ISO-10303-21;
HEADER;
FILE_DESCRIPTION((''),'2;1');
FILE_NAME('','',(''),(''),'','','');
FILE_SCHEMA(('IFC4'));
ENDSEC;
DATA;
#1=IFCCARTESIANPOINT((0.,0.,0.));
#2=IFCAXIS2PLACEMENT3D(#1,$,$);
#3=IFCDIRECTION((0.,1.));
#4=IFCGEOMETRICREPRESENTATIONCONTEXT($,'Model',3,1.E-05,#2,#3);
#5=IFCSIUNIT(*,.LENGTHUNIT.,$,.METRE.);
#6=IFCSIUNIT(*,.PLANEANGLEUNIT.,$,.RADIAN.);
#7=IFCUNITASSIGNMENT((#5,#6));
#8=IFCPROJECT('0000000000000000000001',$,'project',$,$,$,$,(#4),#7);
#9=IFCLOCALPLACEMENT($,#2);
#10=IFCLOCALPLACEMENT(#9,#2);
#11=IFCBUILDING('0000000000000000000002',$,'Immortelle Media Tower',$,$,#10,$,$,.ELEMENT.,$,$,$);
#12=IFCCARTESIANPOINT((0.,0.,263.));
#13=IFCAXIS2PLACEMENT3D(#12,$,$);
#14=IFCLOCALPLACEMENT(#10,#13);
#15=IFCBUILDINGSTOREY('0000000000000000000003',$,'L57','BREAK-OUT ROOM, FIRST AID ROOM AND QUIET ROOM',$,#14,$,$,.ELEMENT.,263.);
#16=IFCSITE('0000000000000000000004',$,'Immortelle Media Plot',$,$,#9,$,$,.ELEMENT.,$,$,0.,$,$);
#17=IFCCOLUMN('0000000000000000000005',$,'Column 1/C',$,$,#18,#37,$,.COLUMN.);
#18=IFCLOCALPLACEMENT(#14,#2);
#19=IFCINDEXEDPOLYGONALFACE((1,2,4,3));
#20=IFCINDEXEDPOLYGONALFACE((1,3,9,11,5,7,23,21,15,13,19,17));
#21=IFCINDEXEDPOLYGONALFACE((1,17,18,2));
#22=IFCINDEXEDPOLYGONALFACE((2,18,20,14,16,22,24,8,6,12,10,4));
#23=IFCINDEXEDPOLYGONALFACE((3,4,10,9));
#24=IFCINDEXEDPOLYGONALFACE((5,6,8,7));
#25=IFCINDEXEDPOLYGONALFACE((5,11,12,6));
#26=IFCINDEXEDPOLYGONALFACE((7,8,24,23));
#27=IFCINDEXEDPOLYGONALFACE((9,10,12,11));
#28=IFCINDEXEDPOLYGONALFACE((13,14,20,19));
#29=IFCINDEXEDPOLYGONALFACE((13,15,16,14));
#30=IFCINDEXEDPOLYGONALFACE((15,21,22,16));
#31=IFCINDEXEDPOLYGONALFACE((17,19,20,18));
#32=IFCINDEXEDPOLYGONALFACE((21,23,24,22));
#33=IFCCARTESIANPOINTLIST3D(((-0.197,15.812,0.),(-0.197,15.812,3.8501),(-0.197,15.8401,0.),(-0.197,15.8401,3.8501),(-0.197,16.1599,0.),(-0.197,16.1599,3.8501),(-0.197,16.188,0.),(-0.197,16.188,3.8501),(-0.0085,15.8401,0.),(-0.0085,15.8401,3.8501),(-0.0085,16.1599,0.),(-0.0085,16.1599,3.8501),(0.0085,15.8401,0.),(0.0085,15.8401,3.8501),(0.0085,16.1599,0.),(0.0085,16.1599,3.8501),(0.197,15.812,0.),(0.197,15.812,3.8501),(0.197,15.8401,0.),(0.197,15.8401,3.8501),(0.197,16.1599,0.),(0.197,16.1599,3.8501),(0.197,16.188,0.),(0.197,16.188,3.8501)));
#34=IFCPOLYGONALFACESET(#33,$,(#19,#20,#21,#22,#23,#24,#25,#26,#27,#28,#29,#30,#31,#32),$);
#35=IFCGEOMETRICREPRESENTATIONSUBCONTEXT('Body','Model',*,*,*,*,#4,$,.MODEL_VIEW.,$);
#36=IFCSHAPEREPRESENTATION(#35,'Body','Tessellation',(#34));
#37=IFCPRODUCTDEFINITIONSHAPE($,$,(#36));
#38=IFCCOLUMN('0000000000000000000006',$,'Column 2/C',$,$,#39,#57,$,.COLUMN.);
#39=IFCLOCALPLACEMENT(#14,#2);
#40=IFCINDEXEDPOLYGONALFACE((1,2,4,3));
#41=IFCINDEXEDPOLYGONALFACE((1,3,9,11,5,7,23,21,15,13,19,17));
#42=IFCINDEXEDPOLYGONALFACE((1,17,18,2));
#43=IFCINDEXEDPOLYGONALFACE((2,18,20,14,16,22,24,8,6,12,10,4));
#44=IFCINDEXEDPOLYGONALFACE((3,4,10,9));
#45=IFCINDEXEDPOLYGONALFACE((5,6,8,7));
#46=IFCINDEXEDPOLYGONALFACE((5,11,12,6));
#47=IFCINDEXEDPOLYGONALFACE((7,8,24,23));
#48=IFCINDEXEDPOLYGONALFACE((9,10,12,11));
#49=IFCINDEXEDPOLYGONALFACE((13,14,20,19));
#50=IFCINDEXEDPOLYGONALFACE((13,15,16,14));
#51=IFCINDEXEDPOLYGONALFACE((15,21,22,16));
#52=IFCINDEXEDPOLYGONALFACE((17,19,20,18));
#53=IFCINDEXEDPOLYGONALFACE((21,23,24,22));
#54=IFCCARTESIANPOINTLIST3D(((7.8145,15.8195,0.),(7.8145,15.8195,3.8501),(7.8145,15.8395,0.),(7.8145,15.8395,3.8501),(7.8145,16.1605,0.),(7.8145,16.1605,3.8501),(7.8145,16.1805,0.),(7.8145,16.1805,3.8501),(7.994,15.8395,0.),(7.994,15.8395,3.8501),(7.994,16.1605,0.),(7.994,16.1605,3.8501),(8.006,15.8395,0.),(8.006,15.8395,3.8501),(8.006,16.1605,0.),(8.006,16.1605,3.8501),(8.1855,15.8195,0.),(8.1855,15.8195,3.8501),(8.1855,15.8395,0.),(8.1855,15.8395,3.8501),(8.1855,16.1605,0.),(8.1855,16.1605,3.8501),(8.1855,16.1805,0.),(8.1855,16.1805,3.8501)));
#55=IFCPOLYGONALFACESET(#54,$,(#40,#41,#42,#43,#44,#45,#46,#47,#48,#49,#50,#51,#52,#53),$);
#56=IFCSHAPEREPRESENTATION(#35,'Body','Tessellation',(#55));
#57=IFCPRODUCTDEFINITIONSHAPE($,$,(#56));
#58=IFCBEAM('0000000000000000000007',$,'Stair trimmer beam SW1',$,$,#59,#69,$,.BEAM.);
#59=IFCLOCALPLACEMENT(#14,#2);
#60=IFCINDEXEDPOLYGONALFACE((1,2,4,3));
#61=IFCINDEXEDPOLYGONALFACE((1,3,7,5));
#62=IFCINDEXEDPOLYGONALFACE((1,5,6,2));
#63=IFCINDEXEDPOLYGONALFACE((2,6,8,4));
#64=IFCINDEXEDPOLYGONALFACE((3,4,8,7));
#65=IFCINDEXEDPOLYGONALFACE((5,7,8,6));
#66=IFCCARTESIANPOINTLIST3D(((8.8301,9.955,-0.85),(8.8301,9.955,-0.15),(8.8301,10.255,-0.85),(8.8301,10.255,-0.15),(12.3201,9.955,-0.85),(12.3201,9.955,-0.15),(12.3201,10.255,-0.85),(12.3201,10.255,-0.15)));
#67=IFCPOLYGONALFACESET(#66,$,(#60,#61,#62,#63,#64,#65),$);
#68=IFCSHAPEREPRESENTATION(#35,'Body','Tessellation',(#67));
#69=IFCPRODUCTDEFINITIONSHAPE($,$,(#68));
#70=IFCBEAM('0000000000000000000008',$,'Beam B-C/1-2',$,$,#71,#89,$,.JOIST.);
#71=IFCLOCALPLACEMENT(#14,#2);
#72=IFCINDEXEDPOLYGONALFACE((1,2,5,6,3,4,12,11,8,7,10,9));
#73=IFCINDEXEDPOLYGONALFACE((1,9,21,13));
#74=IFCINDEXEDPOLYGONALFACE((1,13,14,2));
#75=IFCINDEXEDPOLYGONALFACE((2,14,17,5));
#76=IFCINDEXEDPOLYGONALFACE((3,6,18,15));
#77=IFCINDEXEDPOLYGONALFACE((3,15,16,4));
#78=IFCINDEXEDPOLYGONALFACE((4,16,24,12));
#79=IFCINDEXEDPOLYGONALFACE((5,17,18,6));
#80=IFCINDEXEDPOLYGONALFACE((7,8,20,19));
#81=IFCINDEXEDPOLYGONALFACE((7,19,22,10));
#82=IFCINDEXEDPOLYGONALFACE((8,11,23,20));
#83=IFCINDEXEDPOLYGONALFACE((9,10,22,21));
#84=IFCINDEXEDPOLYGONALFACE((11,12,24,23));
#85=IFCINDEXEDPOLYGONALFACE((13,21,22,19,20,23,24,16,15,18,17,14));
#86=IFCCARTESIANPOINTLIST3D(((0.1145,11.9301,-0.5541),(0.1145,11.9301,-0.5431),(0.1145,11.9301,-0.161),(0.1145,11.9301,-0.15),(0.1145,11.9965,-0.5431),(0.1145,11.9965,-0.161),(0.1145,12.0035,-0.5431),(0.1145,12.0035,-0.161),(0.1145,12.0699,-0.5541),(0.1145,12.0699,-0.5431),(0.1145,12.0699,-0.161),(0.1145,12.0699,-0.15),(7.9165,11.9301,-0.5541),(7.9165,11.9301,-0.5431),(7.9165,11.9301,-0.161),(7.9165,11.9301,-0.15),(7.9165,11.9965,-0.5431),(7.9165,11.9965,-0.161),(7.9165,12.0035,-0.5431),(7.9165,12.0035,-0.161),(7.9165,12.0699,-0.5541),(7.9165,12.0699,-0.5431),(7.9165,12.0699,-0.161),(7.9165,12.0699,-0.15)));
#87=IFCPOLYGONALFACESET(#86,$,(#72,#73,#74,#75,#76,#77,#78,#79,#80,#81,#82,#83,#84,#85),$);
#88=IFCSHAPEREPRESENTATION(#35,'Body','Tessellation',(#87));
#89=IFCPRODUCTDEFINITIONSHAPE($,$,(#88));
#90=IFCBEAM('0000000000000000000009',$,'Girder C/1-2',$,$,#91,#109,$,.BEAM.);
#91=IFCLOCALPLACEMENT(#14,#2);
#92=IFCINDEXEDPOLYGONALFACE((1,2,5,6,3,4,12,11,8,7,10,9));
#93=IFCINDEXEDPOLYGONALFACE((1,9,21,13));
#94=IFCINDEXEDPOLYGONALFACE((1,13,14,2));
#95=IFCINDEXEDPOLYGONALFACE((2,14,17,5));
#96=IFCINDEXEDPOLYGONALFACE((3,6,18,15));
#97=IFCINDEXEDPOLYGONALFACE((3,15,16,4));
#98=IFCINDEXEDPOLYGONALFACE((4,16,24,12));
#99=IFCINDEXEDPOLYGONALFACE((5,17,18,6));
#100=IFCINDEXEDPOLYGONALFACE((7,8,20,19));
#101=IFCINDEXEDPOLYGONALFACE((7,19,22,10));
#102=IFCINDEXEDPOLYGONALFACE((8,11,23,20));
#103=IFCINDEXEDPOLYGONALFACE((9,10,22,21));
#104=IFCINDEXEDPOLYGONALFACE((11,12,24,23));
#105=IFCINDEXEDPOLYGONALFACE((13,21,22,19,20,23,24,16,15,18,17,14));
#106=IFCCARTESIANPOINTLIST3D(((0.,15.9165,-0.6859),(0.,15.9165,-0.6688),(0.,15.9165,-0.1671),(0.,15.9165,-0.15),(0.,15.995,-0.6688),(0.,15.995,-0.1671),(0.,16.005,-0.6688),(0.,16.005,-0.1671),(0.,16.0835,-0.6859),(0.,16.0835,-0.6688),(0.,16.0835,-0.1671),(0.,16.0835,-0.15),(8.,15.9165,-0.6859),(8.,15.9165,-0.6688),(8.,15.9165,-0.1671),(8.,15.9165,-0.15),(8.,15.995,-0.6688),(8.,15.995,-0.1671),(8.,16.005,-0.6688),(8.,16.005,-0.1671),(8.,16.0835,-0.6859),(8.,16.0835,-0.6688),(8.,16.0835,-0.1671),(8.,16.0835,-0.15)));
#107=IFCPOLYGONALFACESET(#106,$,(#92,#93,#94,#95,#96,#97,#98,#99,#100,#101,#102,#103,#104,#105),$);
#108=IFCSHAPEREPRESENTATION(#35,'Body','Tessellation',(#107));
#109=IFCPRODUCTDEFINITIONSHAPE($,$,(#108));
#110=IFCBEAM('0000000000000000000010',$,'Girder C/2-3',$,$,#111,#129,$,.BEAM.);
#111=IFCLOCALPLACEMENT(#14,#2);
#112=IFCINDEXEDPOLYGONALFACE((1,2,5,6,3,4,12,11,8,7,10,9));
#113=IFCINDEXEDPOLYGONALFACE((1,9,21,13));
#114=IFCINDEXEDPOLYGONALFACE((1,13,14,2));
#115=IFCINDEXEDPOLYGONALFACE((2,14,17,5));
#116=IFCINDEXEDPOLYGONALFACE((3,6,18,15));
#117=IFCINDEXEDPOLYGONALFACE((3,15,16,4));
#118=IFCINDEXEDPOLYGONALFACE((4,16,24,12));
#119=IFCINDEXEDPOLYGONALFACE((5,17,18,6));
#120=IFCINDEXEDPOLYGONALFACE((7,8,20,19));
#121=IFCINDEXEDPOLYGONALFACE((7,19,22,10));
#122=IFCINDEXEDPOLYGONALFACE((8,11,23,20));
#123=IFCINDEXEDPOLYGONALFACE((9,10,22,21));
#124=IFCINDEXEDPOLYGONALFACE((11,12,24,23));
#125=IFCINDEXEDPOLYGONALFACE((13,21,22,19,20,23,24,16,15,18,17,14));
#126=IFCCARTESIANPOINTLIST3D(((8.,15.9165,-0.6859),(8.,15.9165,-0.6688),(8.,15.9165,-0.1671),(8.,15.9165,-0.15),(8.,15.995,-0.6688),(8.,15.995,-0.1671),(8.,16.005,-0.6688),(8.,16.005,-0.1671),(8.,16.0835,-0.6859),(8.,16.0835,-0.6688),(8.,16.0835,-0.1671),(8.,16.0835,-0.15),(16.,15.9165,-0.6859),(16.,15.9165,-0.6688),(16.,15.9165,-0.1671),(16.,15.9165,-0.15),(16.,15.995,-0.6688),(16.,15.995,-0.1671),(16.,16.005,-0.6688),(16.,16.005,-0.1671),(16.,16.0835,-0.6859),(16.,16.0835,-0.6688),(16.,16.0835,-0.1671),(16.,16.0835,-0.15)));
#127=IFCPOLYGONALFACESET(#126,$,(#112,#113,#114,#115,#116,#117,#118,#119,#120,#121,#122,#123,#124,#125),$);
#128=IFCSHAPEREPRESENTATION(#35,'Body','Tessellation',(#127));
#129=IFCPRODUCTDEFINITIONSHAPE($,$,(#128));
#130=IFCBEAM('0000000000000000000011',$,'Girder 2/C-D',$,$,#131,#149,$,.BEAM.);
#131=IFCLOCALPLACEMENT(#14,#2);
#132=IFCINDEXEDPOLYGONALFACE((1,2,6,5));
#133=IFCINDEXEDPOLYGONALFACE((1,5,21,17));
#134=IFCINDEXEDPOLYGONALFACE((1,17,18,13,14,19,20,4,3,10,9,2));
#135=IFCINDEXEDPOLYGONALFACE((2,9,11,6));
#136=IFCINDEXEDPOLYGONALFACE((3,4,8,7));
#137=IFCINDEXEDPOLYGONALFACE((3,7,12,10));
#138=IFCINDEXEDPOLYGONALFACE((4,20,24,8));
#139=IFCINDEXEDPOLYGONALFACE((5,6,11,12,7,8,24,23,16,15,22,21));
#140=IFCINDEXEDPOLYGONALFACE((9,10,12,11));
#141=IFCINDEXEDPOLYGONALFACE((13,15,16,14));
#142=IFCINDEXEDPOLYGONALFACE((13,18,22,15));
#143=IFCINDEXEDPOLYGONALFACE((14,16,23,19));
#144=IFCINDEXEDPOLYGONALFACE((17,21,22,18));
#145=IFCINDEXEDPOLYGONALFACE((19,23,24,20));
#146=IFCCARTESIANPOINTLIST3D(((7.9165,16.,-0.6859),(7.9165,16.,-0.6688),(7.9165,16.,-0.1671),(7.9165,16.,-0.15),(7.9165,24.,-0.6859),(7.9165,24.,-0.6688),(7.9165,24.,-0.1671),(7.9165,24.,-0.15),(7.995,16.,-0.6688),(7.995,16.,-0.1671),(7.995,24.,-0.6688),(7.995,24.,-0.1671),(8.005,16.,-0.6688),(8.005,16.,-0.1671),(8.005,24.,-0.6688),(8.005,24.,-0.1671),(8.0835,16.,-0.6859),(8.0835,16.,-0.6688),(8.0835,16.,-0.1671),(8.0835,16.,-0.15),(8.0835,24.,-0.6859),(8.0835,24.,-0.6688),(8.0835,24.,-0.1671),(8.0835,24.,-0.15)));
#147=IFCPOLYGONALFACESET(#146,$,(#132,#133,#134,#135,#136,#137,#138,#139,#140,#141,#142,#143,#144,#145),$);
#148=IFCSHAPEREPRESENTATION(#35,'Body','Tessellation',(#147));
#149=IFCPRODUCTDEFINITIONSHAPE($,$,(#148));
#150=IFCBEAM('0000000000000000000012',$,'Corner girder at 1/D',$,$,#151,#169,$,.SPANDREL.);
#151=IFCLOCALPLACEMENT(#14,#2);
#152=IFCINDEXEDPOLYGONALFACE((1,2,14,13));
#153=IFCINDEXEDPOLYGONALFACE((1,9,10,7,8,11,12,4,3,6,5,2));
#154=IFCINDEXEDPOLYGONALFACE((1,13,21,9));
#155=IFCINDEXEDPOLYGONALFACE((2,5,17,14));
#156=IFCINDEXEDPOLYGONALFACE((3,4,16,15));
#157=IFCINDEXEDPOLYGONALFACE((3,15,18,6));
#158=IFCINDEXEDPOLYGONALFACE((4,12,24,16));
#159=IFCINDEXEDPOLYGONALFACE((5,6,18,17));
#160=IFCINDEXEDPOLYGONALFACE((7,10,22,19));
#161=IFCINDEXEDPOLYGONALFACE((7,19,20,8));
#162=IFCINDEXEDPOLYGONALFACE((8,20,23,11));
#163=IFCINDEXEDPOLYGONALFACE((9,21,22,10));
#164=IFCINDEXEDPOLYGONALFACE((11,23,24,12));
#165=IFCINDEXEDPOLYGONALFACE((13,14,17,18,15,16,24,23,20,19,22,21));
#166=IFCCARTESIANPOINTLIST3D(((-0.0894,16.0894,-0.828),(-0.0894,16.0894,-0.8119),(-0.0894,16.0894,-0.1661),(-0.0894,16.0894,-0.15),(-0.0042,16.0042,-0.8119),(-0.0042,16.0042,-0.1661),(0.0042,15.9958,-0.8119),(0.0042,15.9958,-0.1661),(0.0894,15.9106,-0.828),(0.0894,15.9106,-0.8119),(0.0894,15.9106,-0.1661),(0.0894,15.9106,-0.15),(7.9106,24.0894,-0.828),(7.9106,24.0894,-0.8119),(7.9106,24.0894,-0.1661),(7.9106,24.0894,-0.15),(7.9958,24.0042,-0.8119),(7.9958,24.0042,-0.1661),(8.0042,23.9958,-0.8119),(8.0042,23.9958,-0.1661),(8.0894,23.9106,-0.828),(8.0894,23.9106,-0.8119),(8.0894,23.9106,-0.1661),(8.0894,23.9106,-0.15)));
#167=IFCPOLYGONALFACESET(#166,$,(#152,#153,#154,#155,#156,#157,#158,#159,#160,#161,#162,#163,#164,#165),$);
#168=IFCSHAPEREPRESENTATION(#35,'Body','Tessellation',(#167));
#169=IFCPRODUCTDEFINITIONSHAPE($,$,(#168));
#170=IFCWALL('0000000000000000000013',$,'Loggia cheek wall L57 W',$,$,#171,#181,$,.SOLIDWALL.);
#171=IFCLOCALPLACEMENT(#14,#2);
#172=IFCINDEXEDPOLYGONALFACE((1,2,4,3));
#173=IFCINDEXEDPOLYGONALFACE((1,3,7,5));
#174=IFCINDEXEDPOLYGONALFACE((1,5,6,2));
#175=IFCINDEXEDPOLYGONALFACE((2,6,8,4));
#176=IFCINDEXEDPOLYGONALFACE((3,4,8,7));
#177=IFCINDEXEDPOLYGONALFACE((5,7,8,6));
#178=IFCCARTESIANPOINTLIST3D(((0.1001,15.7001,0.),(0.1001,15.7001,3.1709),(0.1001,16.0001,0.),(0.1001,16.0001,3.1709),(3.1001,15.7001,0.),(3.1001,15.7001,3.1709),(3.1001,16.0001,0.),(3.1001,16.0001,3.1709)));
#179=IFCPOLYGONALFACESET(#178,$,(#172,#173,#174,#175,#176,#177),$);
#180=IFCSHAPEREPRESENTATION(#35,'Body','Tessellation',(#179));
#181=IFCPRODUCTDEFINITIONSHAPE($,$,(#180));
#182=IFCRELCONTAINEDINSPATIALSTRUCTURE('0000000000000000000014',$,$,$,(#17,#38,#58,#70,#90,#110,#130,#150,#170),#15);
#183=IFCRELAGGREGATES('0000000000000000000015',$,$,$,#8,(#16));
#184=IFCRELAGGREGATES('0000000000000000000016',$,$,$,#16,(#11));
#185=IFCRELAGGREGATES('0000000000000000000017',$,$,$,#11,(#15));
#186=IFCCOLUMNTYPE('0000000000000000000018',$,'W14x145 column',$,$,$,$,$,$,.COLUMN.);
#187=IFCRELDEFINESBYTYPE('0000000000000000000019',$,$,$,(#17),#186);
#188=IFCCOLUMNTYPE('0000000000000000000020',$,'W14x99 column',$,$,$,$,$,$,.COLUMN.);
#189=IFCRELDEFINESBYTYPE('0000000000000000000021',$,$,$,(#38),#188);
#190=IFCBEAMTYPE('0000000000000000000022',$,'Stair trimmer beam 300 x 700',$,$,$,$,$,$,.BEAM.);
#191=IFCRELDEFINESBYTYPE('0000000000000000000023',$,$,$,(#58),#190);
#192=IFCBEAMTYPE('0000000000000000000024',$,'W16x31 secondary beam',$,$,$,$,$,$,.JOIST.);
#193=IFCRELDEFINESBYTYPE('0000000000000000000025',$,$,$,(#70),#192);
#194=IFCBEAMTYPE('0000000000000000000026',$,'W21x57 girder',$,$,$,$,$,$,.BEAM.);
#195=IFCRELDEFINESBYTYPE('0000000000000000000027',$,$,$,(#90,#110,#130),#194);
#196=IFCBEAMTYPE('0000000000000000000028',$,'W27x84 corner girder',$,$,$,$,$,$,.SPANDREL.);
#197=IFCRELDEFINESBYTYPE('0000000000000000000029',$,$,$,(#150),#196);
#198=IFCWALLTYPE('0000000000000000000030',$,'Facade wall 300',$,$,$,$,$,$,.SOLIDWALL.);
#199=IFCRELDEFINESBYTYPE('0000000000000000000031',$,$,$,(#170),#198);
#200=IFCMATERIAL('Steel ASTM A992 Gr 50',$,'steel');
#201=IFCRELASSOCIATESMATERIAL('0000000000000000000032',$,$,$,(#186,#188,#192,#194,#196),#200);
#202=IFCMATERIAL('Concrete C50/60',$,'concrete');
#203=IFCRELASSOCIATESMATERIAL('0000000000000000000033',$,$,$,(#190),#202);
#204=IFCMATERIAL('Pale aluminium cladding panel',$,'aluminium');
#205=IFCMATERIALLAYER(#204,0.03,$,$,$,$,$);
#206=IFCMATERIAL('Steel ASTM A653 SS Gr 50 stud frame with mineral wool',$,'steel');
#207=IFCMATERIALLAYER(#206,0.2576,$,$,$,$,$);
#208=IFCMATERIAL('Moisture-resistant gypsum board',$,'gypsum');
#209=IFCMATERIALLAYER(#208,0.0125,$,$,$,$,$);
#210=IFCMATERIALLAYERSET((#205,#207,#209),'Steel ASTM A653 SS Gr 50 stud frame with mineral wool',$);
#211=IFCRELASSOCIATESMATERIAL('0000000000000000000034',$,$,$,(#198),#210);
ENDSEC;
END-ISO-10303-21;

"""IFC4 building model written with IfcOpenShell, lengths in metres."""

from ifc_helpers import new_model, si_unit, direction, frame, frame_2d, origin, origin_2d, place, context, subcontext, project, spatial, rectangle, i_section, extrude, material, layer, layer_set, material_profile, profile_set, type_object, element, save


model = new_model("IFC4")

# Units and contexts
model_context = context("Model", 3, precision=1e-05, world=origin(), true_north=direction((0.0, 1.0)))
body_context = subcontext(model_context, "Body", "Model", "MODEL_VIEW")
ifc_project = project(units=[si_unit("LENGTHUNIT", "METRE"), si_unit("PLANEANGLEUNIT", "RADIAN")], contexts=[model_context])

# Site, building, storey
site_placement = place(None, origin())
site = spatial("IfcSite", under=ifc_project, at=site_placement, Name="Immortelle Media Plot", CompositionType="ELEMENT", RefElevation=0.0)
building_placement = place(site_placement, origin())
building = spatial("IfcBuilding", under=site, at=building_placement, Name="Immortelle Media Tower", CompositionType="ELEMENT")
storey_placement = place(building_placement, frame((0.0, 0.0, 263.0)))
storey = spatial("IfcBuildingStorey", under=building, at=storey_placement, Name="L57", Description="BREAK-OUT ROOM, FIRST AID ROOM AND QUIET ROOM", CompositionType="ELEMENT", Elevation=263.0)

# Columns
ifc_material_1 = material(Name="Steel ASTM A992 Gr 50", Category="steel")
ifc_material_profile_1 = material_profile(ifc_material_1, i_section(OverallWidth=0.394, OverallDepth=0.376, WebThickness=0.0171, FlangeThickness=0.0281, at=origin_2d()), Name="W14x145")
ifc_profile_set_1 = profile_set([ifc_material_profile_1], Name="Steel ASTM A992 Gr 50")
column_type_1 = type_object("IfcColumnType", Name="W14x145 column", PredefinedType="COLUMN", material=ifc_profile_set_1)
column_1_placement = place(storey_placement, frame((0.0, 16.0, 0.0), z_axis=(0.0, 0.0, 1.0), x_axis=(1.0, 0.0, 0.0)))
element("IfcColumn", 1, at=column_1_placement, inside=storey, type_object=column_type_1, Name="Column 1/C", PredefinedType="COLUMN", context=body_context, shape_type="SweptSolid", body=[
    extrude(i_section(OverallWidth=0.394, OverallDepth=0.376, WebThickness=0.0171, FlangeThickness=0.0281, at=origin_2d()), origin(), (0.0, 0.0, 1.0), 3.8501),
])
ifc_material_profile_2 = material_profile(ifc_material_1, i_section(OverallWidth=0.3711, OverallDepth=0.3611, WebThickness=0.012, FlangeThickness=0.02, at=origin_2d()), Name="W14x99")
ifc_profile_set_2 = profile_set([ifc_material_profile_2], Name="Steel ASTM A992 Gr 50")
column_type_2 = type_object("IfcColumnType", Name="W14x99 column", PredefinedType="COLUMN", material=ifc_profile_set_2)
column_2_placement = place(storey_placement, frame((8.0, 16.0, 0.0), z_axis=(0.0, 0.0, 1.0), x_axis=(1.0, 0.0, 0.0)))
element("IfcColumn", 2, at=column_2_placement, inside=storey, type_object=column_type_2, Name="Column 2/C", PredefinedType="COLUMN", context=body_context, shape_type="SweptSolid", body=[
    extrude(i_section(OverallWidth=0.3711, OverallDepth=0.3611, WebThickness=0.012, FlangeThickness=0.02, at=origin_2d()), origin(), (0.0, 0.0, 1.0), 3.8501),
])

# Beams
ifc_material_2 = material(Name="Concrete C50/60", Category="concrete")
ifc_material_profile_3 = material_profile(ifc_material_2, rectangle(XDim=0.3, YDim=0.7, at=origin_2d()), Name="RC 300x700")
ifc_profile_set_3 = profile_set([ifc_material_profile_3], Name="Concrete C50/60")
beam_type_1 = type_object("IfcBeamType", Name="Stair trimmer beam 300 x 700", PredefinedType="BEAM", material=ifc_profile_set_3)
beam_1_placement = place(storey_placement, frame((8.8301, 10.105, -0.5), z_axis=(1.0, 0.0, 0.0), x_axis=(0.0, 1.0, 0.0)))
element("IfcBeam", 3, at=beam_1_placement, inside=storey, type_object=beam_type_1, Name="Stair trimmer beam SW1", PredefinedType="BEAM", context=body_context, shape_type="SweptSolid", body=[
    extrude(rectangle(XDim=0.3, YDim=0.7, at=origin_2d()), origin(), (0.0, 0.0, 1.0), 3.49),
])
ifc_material_profile_4 = material_profile(ifc_material_1, i_section(OverallWidth=0.1399, OverallDepth=0.4041, WebThickness=0.0071, FlangeThickness=0.011, at=origin_2d()), Name="W16x31")
ifc_profile_set_4 = profile_set([ifc_material_profile_4], Name="Steel ASTM A992 Gr 50")
beam_type_2 = type_object("IfcBeamType", Name="W16x31 secondary beam", PredefinedType="JOIST", material=ifc_profile_set_4)
beam_2_placement = place(storey_placement, frame((0.1145, 12.0, -0.3521), z_axis=(1.0, 0.0, 0.0), x_axis=(0.0, 1.0, 0.0)))
element("IfcBeam", 4, at=beam_2_placement, inside=storey, type_object=beam_type_2, Name="Beam B-C/1-2", PredefinedType="JOIST", context=body_context, shape_type="SweptSolid", body=[
    extrude(i_section(OverallWidth=0.1399, OverallDepth=0.4041, WebThickness=0.0071, FlangeThickness=0.011, at=origin_2d()), origin(), (0.0, 0.0, 1.0), 7.802),
])
ifc_material_profile_5 = material_profile(ifc_material_1, i_section(OverallWidth=0.167, OverallDepth=0.5359, WebThickness=0.01, FlangeThickness=0.0171, at=origin_2d()), Name="W21x57")
ifc_profile_set_5 = profile_set([ifc_material_profile_5], Name="Steel ASTM A992 Gr 50")
beam_type_3 = type_object("IfcBeamType", Name="W21x57 girder", PredefinedType="BEAM", material=ifc_profile_set_5)
for number, where, z_axis, x_axis, name in (
    (5, (0.0, 16.0, -0.418), (1.0, 0.0, 0.0), (0.0, 1.0, 0.0), "Girder C/1-2"),
    (6, (8.0, 16.0, -0.418), (1.0, 0.0, 0.0), (0.0, 1.0, 0.0), "Girder C/2-3"),
    (7, (8.0, 16.0, -0.418), (0.0, 1.0, 0.0), (-1.0, 0.0, 0.0), "Girder 2/C-D"),
):
    element("IfcBeam", number, at=place(storey_placement, frame(where, z_axis=z_axis, x_axis=x_axis)), inside=storey, type_object=beam_type_3, Name=name, PredefinedType="BEAM", context=body_context, shape_type="SweptSolid", body=[
        extrude(i_section(OverallWidth=0.167, OverallDepth=0.5359, WebThickness=0.01, FlangeThickness=0.0171, at=origin_2d()), origin(), (0.0, 0.0, 1.0), 8.0),
    ])
ifc_material_profile_6 = material_profile(ifc_material_1, i_section(OverallWidth=0.2529, OverallDepth=0.678, WebThickness=0.012, FlangeThickness=0.0161, at=origin_2d()), Name="W27x84")
ifc_profile_set_6 = profile_set([ifc_material_profile_6], Name="Steel ASTM A992 Gr 50")
beam_type_4 = type_object("IfcBeamType", Name="W27x84 corner girder", PredefinedType="SPANDREL", material=ifc_profile_set_6)
beam_3_placement = place(storey_placement, frame((0.0, 16.0, -0.489), z_axis=(0.707107, 0.707107, 0.0), x_axis=(-0.707107, 0.707107, 0.0)))
element("IfcBeam", 8, at=beam_3_placement, inside=storey, type_object=beam_type_4, Name="Corner girder at 1/D", PredefinedType="SPANDREL", context=body_context, shape_type="SweptSolid", body=[
    extrude(i_section(OverallWidth=0.2529, OverallDepth=0.678, WebThickness=0.012, FlangeThickness=0.0161, at=origin_2d()), origin(), (0.0, 0.0, 1.0), 11.3137),
])

# Shared definitions
ifc_material_3 = material(Name="Pale aluminium cladding panel", Category="aluminium")
ifc_layer_1 = layer(ifc_material_3, 0.03)
ifc_material_4 = material(Name="Steel ASTM A653 SS Gr 50 stud frame with mineral wool", Category="steel")
ifc_layer_2 = layer(ifc_material_4, 0.2576)
ifc_material_5 = material(Name="Moisture-resistant gypsum board", Category="gypsum")
ifc_layer_3 = layer(ifc_material_5, 0.0125)
ifc_layer_set_1 = layer_set([ifc_layer_1, ifc_layer_2, ifc_layer_3], Name="Steel ASTM A653 SS Gr 50 stud frame with mineral wool")
wall_type_1 = type_object("IfcWallType", Name="Facade wall 300", PredefinedType="SOLIDWALL", material=ifc_layer_set_1)

# Wall
for number, where, z_axis, x_axis, name in (
    (9, (0.1001, 15.8501, 0.0), (0.0, 0.0, 1.0), (1.0, 0.0, 0.0), "Loggia cheek wall L57 W"),
):
    element("IfcWall", number, at=place(storey_placement, frame(where, z_axis=z_axis, x_axis=x_axis)), inside=storey, type_object=wall_type_1, Name=name, PredefinedType="SOLIDWALL", context=body_context, shape_type="SweptSolid", body=[
        extrude(rectangle(XDim=3.0, YDim=0.3, at=frame_2d((1.5, 0.0))), origin(), (0.0, 0.0, 1.0), 3.1709),
    ])

save(model, "model.ifc")
